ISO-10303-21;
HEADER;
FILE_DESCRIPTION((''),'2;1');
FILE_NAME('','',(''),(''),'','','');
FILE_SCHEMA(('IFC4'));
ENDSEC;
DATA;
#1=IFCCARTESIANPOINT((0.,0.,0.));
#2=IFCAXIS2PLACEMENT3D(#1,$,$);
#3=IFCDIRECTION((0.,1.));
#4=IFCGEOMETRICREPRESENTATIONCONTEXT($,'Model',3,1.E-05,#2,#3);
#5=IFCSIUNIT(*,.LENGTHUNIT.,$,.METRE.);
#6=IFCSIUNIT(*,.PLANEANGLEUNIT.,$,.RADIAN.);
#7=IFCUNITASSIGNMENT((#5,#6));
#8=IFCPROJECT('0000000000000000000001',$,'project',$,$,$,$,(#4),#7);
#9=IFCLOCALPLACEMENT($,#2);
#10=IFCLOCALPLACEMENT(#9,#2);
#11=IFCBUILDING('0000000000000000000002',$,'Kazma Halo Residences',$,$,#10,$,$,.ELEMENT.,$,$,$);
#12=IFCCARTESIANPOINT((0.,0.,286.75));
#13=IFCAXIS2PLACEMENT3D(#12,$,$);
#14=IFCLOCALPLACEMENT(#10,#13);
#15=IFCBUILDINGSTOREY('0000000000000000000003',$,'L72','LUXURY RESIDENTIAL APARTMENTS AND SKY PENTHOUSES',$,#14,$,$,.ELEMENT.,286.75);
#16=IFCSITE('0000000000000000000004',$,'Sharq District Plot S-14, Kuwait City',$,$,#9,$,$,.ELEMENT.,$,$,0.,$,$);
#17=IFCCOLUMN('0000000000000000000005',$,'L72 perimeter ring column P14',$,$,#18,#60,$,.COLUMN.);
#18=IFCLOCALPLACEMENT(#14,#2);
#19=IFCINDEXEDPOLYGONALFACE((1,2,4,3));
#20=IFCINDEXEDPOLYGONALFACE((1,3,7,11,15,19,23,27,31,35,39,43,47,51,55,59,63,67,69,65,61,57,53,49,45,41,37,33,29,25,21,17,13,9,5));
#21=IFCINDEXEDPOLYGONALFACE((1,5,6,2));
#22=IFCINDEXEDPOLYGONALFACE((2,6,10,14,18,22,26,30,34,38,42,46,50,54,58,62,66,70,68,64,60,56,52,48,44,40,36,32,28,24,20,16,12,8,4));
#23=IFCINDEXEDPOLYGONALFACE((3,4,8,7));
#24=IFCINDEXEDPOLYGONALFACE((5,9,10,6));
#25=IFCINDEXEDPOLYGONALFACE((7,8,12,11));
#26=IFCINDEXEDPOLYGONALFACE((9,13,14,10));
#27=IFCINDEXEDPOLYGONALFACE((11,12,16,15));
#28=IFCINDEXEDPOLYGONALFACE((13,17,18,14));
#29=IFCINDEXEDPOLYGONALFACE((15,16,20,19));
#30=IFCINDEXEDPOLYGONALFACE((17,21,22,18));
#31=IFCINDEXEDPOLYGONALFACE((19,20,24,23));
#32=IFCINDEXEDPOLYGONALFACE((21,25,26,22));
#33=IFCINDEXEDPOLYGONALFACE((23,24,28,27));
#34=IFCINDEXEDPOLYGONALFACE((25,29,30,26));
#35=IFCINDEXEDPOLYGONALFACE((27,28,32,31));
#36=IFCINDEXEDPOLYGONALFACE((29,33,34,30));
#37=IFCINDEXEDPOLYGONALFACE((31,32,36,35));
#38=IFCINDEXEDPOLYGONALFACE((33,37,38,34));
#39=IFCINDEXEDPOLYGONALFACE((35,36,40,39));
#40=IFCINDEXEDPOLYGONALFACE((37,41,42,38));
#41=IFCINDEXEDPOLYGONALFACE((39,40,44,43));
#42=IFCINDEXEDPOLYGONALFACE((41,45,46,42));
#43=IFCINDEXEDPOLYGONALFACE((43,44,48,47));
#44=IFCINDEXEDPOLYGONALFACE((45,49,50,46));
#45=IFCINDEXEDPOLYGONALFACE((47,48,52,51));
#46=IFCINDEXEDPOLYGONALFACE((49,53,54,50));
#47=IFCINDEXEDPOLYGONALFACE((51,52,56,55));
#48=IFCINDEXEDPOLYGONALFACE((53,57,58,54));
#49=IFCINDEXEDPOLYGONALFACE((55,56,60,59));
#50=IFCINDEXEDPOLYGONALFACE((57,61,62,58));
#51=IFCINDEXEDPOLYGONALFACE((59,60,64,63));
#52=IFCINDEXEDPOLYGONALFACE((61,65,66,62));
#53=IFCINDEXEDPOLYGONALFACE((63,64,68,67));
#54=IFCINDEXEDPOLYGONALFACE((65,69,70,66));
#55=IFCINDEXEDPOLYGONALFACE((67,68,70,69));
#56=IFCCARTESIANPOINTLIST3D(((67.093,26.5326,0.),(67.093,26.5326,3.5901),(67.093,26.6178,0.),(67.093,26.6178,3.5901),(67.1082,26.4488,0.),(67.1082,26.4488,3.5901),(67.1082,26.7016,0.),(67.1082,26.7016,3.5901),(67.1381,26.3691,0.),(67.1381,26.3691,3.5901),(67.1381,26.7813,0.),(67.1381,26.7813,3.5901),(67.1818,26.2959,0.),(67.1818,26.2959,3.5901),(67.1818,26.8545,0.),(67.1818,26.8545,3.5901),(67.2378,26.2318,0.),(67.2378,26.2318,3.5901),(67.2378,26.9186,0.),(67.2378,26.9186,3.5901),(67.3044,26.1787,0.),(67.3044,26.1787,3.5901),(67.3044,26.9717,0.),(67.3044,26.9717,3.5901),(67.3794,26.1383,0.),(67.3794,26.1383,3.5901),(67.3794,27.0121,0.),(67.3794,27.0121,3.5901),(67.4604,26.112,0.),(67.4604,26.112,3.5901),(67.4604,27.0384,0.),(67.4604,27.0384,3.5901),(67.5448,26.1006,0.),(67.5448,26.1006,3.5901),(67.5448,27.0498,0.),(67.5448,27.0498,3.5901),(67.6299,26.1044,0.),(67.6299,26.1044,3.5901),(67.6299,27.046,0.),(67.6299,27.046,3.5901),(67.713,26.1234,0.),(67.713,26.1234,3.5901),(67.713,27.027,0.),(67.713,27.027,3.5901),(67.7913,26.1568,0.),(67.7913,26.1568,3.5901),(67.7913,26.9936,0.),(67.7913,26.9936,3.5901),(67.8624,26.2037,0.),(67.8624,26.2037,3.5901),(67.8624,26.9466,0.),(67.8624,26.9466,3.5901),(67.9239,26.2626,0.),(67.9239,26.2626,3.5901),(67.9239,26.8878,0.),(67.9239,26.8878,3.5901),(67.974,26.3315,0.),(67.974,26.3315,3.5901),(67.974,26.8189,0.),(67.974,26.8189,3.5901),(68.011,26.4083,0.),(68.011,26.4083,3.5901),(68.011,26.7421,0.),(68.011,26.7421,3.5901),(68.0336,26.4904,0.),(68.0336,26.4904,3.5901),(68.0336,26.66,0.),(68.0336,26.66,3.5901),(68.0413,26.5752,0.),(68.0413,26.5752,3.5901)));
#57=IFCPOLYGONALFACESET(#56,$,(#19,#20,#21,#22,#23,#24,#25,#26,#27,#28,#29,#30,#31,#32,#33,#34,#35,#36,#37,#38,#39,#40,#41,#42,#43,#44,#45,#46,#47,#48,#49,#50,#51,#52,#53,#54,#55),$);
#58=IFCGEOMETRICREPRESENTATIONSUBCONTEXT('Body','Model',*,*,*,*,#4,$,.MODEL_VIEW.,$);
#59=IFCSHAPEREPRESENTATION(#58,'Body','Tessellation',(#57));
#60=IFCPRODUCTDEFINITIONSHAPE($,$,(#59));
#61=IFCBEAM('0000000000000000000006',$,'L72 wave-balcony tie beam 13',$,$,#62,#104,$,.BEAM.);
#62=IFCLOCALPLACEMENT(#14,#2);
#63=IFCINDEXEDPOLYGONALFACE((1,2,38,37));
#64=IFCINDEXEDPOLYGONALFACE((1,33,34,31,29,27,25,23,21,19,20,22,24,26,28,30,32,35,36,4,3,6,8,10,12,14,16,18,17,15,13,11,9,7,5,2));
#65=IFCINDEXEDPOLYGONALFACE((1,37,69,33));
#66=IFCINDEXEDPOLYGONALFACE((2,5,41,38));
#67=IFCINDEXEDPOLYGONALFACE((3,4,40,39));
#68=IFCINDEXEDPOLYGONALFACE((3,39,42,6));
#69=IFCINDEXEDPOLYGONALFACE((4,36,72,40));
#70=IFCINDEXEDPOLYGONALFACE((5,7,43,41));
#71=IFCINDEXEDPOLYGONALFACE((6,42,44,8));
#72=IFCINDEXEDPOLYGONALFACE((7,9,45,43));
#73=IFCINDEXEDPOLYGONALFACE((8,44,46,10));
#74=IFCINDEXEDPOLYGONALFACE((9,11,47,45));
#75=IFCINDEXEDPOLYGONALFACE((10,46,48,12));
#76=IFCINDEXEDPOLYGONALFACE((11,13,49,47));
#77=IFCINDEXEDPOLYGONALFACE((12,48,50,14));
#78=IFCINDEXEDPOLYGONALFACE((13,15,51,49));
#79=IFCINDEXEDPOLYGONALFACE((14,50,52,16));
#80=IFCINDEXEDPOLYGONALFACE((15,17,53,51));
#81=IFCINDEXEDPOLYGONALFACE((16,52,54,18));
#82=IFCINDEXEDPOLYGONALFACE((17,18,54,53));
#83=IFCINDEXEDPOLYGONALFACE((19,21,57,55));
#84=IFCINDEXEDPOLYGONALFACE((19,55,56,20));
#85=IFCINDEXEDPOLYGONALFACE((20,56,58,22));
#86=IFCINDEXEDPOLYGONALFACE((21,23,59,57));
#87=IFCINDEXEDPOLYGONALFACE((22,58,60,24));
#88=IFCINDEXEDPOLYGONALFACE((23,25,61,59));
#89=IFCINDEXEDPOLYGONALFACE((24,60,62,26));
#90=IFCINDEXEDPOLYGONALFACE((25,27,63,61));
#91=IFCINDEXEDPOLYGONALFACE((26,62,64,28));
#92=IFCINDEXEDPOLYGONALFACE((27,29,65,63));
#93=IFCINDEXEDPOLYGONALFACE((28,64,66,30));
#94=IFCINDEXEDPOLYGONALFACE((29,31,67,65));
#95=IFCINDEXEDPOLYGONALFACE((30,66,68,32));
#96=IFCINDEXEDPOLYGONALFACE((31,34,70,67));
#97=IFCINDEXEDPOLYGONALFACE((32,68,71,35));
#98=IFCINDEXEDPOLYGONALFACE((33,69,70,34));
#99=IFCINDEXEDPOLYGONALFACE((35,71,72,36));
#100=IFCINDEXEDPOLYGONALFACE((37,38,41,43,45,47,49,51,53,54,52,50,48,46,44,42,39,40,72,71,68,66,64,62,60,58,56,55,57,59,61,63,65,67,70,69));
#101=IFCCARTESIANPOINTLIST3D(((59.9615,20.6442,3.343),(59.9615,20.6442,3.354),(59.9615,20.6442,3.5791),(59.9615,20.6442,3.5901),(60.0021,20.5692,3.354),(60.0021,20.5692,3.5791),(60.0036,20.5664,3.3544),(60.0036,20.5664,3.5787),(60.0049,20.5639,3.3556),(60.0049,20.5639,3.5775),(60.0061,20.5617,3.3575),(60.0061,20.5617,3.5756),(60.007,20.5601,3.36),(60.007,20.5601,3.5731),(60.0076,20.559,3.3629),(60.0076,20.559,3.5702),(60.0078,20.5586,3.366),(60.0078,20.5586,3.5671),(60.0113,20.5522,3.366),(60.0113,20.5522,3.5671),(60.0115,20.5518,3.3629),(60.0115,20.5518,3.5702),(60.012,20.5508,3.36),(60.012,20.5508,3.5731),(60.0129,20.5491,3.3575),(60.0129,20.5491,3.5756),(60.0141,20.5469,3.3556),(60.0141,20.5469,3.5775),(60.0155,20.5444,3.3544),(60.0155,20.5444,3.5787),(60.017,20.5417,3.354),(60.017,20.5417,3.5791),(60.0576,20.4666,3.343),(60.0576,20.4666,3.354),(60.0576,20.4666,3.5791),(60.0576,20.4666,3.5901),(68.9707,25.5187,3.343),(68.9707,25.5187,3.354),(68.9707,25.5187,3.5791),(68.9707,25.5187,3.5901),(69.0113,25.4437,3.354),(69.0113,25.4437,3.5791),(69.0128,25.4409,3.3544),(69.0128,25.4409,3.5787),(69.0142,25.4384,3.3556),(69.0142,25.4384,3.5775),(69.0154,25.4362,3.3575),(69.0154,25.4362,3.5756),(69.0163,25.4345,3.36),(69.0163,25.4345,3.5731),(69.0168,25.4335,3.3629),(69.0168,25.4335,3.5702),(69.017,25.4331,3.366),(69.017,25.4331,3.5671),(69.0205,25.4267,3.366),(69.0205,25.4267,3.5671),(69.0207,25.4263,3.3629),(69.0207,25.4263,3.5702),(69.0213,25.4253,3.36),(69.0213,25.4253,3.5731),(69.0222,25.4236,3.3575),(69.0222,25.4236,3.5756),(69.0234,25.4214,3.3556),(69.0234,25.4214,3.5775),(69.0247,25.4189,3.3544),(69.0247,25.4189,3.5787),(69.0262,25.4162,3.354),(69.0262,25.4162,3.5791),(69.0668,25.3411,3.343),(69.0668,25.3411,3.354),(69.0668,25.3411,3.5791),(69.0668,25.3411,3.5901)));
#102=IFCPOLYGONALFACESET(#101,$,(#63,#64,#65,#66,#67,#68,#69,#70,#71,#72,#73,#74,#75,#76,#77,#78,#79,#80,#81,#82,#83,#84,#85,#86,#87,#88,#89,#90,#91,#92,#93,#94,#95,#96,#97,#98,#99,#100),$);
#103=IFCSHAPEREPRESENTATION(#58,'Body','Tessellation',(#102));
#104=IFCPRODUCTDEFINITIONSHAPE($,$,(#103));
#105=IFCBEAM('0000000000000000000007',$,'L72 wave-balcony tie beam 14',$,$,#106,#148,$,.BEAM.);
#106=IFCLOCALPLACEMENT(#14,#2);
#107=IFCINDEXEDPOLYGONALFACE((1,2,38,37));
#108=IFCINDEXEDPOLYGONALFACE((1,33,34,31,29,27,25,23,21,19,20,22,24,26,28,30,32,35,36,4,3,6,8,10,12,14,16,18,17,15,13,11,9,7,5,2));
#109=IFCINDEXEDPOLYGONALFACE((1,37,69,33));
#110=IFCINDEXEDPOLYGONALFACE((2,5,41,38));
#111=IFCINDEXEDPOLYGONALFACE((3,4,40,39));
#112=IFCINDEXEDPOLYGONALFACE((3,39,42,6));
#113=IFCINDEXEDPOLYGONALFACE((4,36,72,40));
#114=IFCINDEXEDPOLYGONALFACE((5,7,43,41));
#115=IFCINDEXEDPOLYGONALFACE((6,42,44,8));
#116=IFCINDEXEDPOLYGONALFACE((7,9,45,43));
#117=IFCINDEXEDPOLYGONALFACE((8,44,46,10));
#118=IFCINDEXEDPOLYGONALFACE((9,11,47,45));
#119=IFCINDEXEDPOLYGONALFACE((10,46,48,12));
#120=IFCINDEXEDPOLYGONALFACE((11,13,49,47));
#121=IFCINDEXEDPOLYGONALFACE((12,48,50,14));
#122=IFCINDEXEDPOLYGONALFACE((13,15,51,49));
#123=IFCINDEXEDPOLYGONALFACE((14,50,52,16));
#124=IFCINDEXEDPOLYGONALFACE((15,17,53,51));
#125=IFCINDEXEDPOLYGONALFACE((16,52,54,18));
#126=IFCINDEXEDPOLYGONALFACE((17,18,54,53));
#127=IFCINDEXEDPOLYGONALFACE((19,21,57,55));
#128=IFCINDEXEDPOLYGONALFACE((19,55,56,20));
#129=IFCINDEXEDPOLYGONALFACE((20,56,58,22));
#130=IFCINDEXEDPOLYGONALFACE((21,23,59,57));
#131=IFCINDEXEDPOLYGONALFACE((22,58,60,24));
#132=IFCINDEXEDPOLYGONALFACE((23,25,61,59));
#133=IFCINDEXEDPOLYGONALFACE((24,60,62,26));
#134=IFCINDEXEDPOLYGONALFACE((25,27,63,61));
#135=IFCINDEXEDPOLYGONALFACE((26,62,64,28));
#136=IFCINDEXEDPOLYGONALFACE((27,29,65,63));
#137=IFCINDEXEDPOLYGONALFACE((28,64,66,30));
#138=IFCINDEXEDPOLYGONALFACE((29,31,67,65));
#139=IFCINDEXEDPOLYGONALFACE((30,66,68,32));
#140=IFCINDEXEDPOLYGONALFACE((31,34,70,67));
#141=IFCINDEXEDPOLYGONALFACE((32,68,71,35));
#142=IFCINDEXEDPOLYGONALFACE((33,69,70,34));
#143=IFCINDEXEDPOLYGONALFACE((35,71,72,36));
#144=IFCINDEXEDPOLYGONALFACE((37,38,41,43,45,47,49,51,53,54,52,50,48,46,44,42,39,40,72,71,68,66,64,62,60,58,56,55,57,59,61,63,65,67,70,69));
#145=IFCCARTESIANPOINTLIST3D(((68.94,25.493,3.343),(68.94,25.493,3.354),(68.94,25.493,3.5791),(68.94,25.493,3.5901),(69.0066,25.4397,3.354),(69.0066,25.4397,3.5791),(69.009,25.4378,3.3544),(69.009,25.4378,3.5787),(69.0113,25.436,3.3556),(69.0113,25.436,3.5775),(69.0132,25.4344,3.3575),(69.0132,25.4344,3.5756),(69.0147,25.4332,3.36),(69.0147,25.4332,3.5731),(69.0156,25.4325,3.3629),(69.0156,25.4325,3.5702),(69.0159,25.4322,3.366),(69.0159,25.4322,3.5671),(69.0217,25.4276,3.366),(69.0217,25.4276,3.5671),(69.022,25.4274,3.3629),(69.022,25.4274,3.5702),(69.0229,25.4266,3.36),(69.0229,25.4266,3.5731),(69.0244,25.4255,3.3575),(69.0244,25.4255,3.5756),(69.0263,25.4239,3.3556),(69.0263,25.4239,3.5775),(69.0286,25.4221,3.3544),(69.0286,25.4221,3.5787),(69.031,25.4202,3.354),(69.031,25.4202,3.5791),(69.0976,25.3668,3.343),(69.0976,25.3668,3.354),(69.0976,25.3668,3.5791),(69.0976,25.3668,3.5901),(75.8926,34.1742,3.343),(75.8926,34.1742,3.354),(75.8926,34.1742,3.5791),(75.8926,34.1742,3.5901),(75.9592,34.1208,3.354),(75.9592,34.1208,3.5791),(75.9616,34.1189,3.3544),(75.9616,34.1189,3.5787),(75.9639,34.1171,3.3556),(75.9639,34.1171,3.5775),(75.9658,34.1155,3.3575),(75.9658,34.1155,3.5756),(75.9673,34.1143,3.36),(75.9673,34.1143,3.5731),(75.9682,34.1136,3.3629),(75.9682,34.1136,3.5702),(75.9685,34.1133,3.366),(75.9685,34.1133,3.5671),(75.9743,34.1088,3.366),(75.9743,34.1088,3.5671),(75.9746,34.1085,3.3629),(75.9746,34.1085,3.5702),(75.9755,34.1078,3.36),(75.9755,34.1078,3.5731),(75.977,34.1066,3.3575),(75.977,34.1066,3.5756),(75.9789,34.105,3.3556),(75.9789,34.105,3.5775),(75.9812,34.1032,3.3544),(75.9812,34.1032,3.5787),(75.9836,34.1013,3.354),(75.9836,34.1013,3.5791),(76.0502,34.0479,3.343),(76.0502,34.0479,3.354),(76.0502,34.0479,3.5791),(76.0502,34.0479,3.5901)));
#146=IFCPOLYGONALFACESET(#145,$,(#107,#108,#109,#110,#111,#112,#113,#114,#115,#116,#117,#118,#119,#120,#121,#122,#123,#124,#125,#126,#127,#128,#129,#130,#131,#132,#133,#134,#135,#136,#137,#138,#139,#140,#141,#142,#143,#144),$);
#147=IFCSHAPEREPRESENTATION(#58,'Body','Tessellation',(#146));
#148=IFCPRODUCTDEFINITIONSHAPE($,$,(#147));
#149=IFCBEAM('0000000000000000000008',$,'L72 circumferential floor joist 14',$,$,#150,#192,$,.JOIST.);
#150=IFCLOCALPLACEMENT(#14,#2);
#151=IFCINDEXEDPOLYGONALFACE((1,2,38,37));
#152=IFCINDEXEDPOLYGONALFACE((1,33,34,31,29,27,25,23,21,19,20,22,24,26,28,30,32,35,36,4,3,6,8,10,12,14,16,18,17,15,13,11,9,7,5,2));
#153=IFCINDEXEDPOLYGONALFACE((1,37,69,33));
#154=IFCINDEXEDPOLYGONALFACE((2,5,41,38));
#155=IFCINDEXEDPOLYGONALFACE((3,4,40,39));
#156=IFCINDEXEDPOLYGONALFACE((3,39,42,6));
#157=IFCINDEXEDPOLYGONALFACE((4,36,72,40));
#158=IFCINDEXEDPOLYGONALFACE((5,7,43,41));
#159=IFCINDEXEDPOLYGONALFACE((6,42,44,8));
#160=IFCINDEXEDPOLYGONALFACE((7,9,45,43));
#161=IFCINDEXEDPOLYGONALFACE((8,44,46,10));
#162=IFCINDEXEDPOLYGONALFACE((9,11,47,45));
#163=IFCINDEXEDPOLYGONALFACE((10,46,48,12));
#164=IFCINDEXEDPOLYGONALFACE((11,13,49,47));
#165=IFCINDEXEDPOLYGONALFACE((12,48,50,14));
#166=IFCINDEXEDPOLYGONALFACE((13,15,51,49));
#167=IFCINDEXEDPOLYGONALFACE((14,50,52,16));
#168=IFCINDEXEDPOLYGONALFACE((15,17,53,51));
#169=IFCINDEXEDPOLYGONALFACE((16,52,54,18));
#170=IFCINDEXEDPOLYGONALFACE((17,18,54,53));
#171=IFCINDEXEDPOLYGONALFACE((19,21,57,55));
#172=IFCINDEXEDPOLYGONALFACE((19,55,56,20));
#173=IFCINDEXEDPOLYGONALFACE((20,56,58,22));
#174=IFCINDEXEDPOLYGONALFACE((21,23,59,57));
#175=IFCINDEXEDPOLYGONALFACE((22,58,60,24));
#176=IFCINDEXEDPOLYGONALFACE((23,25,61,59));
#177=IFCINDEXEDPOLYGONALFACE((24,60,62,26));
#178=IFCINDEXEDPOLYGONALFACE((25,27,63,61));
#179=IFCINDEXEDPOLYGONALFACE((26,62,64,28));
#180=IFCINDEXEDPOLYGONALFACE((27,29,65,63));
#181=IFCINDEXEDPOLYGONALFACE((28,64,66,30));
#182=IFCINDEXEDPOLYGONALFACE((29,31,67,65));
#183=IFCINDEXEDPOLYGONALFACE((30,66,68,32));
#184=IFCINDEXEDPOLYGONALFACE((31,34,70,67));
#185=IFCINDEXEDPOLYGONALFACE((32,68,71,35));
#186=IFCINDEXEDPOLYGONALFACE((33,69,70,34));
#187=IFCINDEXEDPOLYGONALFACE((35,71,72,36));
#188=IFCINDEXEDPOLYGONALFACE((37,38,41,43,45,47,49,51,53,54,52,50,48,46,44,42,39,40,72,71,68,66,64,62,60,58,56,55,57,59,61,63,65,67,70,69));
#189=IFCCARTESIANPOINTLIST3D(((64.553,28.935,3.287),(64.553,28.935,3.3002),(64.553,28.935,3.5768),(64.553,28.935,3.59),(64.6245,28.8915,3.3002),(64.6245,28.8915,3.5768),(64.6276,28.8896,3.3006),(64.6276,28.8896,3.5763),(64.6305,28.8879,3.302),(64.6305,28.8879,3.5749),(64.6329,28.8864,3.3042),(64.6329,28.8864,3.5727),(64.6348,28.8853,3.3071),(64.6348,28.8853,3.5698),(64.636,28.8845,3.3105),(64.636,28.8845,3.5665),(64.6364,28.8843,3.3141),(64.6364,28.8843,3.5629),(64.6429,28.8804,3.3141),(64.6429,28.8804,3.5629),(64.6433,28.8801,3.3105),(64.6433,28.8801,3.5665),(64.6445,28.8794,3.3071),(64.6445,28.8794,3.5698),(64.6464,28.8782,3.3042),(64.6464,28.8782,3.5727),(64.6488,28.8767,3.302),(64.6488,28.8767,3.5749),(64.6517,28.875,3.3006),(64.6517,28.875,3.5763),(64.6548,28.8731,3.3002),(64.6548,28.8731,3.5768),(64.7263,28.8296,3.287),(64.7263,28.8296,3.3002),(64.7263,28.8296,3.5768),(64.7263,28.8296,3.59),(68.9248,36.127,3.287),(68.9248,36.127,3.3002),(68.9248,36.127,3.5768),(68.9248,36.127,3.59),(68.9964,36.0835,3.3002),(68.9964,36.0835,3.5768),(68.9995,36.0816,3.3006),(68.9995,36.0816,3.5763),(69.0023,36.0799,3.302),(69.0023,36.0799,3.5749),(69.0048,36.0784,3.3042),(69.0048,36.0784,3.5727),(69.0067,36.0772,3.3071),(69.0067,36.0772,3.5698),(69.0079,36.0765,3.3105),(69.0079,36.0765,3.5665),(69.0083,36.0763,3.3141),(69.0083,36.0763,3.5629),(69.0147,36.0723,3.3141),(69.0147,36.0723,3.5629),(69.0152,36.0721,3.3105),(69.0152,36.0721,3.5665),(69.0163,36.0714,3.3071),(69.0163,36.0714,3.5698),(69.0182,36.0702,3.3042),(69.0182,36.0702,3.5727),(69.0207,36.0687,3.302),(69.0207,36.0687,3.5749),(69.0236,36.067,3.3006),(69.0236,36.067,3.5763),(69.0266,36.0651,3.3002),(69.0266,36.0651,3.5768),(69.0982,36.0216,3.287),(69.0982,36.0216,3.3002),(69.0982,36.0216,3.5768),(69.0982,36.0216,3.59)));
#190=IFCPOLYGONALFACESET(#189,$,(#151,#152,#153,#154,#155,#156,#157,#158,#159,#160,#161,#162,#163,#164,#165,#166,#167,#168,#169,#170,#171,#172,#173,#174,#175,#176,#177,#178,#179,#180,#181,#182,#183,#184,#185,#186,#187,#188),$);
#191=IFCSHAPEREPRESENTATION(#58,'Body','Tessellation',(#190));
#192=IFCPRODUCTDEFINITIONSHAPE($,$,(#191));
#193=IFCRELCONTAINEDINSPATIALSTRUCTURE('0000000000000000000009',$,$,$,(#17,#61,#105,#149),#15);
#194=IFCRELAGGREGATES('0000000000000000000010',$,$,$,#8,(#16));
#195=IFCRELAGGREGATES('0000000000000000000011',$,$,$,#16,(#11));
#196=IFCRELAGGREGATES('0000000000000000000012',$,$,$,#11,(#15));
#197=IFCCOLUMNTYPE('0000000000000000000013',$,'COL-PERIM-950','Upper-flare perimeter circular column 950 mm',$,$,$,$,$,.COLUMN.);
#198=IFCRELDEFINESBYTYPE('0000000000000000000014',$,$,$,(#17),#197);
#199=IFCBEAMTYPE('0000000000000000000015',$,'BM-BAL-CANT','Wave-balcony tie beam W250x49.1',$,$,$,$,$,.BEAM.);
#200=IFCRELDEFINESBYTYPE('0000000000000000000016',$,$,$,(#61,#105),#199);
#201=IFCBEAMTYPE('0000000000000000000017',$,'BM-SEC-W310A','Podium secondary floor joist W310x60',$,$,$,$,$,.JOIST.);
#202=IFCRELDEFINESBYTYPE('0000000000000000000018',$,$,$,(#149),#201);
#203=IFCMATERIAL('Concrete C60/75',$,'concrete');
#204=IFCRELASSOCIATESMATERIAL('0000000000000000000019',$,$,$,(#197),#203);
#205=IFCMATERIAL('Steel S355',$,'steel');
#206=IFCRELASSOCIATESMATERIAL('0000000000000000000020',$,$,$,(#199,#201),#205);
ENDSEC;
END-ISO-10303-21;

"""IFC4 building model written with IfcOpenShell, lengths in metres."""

from ifc_helpers import new_model, si_unit, direction, frame, origin, origin_2d, place, context, subcontext, project, spatial, circle, i_section, extrude, material, material_profile, profile_set, type_object, element, save


model = new_model("IFC4")

# Units and contexts
model_context = context("Model", 3, precision=1e-05, world=origin(), true_north=direction((0.0, 1.0)))
body_context = subcontext(model_context, "Body", "Model", "MODEL_VIEW")
ifc_project = project(units=[si_unit("LENGTHUNIT", "METRE"), si_unit("PLANEANGLEUNIT", "RADIAN")], contexts=[model_context])

# Site, building, storey
site_placement = place(None, origin())
site = spatial("IfcSite", under=ifc_project, at=site_placement, Name="Sharq District Plot S-14, Kuwait City", CompositionType="ELEMENT", RefElevation=0.0)
building_placement = place(site_placement, origin())
building = spatial("IfcBuilding", under=site, at=building_placement, Name="Kazma Halo Residences", CompositionType="ELEMENT")
storey_placement = place(building_placement, frame((0.0, 0.0, 286.75)))
storey = spatial("IfcBuildingStorey", under=building, at=storey_placement, Name="L72", Description="LUXURY RESIDENTIAL APARTMENTS AND SKY PENTHOUSES", CompositionType="ELEMENT", Elevation=286.75)

# Column
ifc_material_1 = material(Name="Concrete C60/75", Category="concrete")
ifc_material_profile_1 = material_profile(ifc_material_1, circle(Radius=0.4751, at=origin_2d()), Name="CIRC950")
ifc_profile_set_1 = profile_set([ifc_material_profile_1], Name="Concrete C60/75")
column_type = type_object("IfcColumnType", Name="COL-PERIM-950", Description="Upper-flare perimeter circular column 950 mm", PredefinedType="COLUMN", material=ifc_profile_set_1)
column_placement = place(storey_placement, frame((67.5662, 26.5752, 0.0), z_axis=(0.0, 0.0, 1.0), x_axis=(1.0, 0.0, 0.0)))
element("IfcColumn", 1, at=column_placement, inside=storey, type_object=column_type, Name="L72 perimeter ring column P14", PredefinedType="COLUMN", context=body_context, shape_type="SweptSolid", body=[
    extrude(circle(Radius=0.4751, at=origin_2d()), origin(), (0.0, 0.0, 1.0), 3.5901),
])

# Beams
ifc_material_2 = material(Name="Steel S355", Category="steel")
ifc_material_profile_2 = material_profile(ifc_material_2, i_section(OverallWidth=0.2019, OverallDepth=0.2471, WebThickness=0.0073, FlangeThickness=0.011, FilletRadius=0.012, at=origin_2d()), Name="W250x49.1")
ifc_profile_set_2 = profile_set([ifc_material_profile_2], Name="Steel S355")
beam_type_1 = type_object("IfcBeamType", Name="BM-BAL-CANT", Description="Wave-balcony tie beam W250x49.1", PredefinedType="BEAM", material=ifc_profile_set_2)
beam_1_placement = place(storey_placement, frame((60.0095, 20.5554, 3.4666), z_axis=(0.879517, 0.475867, 0.0), x_axis=(-0.475867, 0.879517, 0.0)))
element("IfcBeam", 2, at=beam_1_placement, inside=storey, type_object=beam_type_1, Name="L72 wave-balcony tie beam 13", PredefinedType="BEAM", context=body_context, shape_type="SweptSolid", body=[
    extrude(i_section(OverallWidth=0.2019, OverallDepth=0.2471, WebThickness=0.0073, FlangeThickness=0.011, FilletRadius=0.012, at=origin_2d()), origin(), (0.0, 0.0, 1.0), 10.2434),
])
beam_2_placement = place(storey_placement, frame((69.0188, 25.4299, 3.4666), z_axis=(0.625118, 0.78053, 0.0), x_axis=(-0.78053, 0.625118, 0.0)))
element("IfcBeam", 3, at=beam_2_placement, inside=storey, type_object=beam_type_1, Name="L72 wave-balcony tie beam 14", PredefinedType="BEAM", context=body_context, shape_type="SweptSolid", body=[
    extrude(i_section(OverallWidth=0.2019, OverallDepth=0.2471, WebThickness=0.0073, FlangeThickness=0.011, FilletRadius=0.012, at=origin_2d()), origin(), (0.0, 0.0, 1.0), 11.1221),
])
ifc_material_profile_3 = material_profile(ifc_material_2, i_section(OverallWidth=0.2029, OverallDepth=0.303, WebThickness=0.0076, FlangeThickness=0.0132, FilletRadius=0.0139, at=origin_2d()), Name="W310x60")
ifc_profile_set_3 = profile_set([ifc_material_profile_3], Name="Steel S355")
beam_type_2 = type_object("IfcBeamType", Name="BM-SEC-W310A", Description="Podium secondary floor joist W310x60", PredefinedType="JOIST", material=ifc_profile_set_3)
beam_3_placement = place(storey_placement, frame((64.6396, 28.8823, 3.4385), z_axis=(0.51944, 0.854507, 0.0), x_axis=(-0.854507, 0.51944, 0.0)))
element("IfcBeam", 4, at=beam_3_placement, inside=storey, type_object=beam_type_2, Name="L72 circumferential floor joist 14", PredefinedType="JOIST", context=body_context, shape_type="SweptSolid", body=[
    extrude(i_section(OverallWidth=0.2029, OverallDepth=0.303, WebThickness=0.0076, FlangeThickness=0.0132, FilletRadius=0.0139, at=origin_2d()), origin(), (0.0, 0.0, 1.0), 8.4165),
])

save(model, "model.ifc")
